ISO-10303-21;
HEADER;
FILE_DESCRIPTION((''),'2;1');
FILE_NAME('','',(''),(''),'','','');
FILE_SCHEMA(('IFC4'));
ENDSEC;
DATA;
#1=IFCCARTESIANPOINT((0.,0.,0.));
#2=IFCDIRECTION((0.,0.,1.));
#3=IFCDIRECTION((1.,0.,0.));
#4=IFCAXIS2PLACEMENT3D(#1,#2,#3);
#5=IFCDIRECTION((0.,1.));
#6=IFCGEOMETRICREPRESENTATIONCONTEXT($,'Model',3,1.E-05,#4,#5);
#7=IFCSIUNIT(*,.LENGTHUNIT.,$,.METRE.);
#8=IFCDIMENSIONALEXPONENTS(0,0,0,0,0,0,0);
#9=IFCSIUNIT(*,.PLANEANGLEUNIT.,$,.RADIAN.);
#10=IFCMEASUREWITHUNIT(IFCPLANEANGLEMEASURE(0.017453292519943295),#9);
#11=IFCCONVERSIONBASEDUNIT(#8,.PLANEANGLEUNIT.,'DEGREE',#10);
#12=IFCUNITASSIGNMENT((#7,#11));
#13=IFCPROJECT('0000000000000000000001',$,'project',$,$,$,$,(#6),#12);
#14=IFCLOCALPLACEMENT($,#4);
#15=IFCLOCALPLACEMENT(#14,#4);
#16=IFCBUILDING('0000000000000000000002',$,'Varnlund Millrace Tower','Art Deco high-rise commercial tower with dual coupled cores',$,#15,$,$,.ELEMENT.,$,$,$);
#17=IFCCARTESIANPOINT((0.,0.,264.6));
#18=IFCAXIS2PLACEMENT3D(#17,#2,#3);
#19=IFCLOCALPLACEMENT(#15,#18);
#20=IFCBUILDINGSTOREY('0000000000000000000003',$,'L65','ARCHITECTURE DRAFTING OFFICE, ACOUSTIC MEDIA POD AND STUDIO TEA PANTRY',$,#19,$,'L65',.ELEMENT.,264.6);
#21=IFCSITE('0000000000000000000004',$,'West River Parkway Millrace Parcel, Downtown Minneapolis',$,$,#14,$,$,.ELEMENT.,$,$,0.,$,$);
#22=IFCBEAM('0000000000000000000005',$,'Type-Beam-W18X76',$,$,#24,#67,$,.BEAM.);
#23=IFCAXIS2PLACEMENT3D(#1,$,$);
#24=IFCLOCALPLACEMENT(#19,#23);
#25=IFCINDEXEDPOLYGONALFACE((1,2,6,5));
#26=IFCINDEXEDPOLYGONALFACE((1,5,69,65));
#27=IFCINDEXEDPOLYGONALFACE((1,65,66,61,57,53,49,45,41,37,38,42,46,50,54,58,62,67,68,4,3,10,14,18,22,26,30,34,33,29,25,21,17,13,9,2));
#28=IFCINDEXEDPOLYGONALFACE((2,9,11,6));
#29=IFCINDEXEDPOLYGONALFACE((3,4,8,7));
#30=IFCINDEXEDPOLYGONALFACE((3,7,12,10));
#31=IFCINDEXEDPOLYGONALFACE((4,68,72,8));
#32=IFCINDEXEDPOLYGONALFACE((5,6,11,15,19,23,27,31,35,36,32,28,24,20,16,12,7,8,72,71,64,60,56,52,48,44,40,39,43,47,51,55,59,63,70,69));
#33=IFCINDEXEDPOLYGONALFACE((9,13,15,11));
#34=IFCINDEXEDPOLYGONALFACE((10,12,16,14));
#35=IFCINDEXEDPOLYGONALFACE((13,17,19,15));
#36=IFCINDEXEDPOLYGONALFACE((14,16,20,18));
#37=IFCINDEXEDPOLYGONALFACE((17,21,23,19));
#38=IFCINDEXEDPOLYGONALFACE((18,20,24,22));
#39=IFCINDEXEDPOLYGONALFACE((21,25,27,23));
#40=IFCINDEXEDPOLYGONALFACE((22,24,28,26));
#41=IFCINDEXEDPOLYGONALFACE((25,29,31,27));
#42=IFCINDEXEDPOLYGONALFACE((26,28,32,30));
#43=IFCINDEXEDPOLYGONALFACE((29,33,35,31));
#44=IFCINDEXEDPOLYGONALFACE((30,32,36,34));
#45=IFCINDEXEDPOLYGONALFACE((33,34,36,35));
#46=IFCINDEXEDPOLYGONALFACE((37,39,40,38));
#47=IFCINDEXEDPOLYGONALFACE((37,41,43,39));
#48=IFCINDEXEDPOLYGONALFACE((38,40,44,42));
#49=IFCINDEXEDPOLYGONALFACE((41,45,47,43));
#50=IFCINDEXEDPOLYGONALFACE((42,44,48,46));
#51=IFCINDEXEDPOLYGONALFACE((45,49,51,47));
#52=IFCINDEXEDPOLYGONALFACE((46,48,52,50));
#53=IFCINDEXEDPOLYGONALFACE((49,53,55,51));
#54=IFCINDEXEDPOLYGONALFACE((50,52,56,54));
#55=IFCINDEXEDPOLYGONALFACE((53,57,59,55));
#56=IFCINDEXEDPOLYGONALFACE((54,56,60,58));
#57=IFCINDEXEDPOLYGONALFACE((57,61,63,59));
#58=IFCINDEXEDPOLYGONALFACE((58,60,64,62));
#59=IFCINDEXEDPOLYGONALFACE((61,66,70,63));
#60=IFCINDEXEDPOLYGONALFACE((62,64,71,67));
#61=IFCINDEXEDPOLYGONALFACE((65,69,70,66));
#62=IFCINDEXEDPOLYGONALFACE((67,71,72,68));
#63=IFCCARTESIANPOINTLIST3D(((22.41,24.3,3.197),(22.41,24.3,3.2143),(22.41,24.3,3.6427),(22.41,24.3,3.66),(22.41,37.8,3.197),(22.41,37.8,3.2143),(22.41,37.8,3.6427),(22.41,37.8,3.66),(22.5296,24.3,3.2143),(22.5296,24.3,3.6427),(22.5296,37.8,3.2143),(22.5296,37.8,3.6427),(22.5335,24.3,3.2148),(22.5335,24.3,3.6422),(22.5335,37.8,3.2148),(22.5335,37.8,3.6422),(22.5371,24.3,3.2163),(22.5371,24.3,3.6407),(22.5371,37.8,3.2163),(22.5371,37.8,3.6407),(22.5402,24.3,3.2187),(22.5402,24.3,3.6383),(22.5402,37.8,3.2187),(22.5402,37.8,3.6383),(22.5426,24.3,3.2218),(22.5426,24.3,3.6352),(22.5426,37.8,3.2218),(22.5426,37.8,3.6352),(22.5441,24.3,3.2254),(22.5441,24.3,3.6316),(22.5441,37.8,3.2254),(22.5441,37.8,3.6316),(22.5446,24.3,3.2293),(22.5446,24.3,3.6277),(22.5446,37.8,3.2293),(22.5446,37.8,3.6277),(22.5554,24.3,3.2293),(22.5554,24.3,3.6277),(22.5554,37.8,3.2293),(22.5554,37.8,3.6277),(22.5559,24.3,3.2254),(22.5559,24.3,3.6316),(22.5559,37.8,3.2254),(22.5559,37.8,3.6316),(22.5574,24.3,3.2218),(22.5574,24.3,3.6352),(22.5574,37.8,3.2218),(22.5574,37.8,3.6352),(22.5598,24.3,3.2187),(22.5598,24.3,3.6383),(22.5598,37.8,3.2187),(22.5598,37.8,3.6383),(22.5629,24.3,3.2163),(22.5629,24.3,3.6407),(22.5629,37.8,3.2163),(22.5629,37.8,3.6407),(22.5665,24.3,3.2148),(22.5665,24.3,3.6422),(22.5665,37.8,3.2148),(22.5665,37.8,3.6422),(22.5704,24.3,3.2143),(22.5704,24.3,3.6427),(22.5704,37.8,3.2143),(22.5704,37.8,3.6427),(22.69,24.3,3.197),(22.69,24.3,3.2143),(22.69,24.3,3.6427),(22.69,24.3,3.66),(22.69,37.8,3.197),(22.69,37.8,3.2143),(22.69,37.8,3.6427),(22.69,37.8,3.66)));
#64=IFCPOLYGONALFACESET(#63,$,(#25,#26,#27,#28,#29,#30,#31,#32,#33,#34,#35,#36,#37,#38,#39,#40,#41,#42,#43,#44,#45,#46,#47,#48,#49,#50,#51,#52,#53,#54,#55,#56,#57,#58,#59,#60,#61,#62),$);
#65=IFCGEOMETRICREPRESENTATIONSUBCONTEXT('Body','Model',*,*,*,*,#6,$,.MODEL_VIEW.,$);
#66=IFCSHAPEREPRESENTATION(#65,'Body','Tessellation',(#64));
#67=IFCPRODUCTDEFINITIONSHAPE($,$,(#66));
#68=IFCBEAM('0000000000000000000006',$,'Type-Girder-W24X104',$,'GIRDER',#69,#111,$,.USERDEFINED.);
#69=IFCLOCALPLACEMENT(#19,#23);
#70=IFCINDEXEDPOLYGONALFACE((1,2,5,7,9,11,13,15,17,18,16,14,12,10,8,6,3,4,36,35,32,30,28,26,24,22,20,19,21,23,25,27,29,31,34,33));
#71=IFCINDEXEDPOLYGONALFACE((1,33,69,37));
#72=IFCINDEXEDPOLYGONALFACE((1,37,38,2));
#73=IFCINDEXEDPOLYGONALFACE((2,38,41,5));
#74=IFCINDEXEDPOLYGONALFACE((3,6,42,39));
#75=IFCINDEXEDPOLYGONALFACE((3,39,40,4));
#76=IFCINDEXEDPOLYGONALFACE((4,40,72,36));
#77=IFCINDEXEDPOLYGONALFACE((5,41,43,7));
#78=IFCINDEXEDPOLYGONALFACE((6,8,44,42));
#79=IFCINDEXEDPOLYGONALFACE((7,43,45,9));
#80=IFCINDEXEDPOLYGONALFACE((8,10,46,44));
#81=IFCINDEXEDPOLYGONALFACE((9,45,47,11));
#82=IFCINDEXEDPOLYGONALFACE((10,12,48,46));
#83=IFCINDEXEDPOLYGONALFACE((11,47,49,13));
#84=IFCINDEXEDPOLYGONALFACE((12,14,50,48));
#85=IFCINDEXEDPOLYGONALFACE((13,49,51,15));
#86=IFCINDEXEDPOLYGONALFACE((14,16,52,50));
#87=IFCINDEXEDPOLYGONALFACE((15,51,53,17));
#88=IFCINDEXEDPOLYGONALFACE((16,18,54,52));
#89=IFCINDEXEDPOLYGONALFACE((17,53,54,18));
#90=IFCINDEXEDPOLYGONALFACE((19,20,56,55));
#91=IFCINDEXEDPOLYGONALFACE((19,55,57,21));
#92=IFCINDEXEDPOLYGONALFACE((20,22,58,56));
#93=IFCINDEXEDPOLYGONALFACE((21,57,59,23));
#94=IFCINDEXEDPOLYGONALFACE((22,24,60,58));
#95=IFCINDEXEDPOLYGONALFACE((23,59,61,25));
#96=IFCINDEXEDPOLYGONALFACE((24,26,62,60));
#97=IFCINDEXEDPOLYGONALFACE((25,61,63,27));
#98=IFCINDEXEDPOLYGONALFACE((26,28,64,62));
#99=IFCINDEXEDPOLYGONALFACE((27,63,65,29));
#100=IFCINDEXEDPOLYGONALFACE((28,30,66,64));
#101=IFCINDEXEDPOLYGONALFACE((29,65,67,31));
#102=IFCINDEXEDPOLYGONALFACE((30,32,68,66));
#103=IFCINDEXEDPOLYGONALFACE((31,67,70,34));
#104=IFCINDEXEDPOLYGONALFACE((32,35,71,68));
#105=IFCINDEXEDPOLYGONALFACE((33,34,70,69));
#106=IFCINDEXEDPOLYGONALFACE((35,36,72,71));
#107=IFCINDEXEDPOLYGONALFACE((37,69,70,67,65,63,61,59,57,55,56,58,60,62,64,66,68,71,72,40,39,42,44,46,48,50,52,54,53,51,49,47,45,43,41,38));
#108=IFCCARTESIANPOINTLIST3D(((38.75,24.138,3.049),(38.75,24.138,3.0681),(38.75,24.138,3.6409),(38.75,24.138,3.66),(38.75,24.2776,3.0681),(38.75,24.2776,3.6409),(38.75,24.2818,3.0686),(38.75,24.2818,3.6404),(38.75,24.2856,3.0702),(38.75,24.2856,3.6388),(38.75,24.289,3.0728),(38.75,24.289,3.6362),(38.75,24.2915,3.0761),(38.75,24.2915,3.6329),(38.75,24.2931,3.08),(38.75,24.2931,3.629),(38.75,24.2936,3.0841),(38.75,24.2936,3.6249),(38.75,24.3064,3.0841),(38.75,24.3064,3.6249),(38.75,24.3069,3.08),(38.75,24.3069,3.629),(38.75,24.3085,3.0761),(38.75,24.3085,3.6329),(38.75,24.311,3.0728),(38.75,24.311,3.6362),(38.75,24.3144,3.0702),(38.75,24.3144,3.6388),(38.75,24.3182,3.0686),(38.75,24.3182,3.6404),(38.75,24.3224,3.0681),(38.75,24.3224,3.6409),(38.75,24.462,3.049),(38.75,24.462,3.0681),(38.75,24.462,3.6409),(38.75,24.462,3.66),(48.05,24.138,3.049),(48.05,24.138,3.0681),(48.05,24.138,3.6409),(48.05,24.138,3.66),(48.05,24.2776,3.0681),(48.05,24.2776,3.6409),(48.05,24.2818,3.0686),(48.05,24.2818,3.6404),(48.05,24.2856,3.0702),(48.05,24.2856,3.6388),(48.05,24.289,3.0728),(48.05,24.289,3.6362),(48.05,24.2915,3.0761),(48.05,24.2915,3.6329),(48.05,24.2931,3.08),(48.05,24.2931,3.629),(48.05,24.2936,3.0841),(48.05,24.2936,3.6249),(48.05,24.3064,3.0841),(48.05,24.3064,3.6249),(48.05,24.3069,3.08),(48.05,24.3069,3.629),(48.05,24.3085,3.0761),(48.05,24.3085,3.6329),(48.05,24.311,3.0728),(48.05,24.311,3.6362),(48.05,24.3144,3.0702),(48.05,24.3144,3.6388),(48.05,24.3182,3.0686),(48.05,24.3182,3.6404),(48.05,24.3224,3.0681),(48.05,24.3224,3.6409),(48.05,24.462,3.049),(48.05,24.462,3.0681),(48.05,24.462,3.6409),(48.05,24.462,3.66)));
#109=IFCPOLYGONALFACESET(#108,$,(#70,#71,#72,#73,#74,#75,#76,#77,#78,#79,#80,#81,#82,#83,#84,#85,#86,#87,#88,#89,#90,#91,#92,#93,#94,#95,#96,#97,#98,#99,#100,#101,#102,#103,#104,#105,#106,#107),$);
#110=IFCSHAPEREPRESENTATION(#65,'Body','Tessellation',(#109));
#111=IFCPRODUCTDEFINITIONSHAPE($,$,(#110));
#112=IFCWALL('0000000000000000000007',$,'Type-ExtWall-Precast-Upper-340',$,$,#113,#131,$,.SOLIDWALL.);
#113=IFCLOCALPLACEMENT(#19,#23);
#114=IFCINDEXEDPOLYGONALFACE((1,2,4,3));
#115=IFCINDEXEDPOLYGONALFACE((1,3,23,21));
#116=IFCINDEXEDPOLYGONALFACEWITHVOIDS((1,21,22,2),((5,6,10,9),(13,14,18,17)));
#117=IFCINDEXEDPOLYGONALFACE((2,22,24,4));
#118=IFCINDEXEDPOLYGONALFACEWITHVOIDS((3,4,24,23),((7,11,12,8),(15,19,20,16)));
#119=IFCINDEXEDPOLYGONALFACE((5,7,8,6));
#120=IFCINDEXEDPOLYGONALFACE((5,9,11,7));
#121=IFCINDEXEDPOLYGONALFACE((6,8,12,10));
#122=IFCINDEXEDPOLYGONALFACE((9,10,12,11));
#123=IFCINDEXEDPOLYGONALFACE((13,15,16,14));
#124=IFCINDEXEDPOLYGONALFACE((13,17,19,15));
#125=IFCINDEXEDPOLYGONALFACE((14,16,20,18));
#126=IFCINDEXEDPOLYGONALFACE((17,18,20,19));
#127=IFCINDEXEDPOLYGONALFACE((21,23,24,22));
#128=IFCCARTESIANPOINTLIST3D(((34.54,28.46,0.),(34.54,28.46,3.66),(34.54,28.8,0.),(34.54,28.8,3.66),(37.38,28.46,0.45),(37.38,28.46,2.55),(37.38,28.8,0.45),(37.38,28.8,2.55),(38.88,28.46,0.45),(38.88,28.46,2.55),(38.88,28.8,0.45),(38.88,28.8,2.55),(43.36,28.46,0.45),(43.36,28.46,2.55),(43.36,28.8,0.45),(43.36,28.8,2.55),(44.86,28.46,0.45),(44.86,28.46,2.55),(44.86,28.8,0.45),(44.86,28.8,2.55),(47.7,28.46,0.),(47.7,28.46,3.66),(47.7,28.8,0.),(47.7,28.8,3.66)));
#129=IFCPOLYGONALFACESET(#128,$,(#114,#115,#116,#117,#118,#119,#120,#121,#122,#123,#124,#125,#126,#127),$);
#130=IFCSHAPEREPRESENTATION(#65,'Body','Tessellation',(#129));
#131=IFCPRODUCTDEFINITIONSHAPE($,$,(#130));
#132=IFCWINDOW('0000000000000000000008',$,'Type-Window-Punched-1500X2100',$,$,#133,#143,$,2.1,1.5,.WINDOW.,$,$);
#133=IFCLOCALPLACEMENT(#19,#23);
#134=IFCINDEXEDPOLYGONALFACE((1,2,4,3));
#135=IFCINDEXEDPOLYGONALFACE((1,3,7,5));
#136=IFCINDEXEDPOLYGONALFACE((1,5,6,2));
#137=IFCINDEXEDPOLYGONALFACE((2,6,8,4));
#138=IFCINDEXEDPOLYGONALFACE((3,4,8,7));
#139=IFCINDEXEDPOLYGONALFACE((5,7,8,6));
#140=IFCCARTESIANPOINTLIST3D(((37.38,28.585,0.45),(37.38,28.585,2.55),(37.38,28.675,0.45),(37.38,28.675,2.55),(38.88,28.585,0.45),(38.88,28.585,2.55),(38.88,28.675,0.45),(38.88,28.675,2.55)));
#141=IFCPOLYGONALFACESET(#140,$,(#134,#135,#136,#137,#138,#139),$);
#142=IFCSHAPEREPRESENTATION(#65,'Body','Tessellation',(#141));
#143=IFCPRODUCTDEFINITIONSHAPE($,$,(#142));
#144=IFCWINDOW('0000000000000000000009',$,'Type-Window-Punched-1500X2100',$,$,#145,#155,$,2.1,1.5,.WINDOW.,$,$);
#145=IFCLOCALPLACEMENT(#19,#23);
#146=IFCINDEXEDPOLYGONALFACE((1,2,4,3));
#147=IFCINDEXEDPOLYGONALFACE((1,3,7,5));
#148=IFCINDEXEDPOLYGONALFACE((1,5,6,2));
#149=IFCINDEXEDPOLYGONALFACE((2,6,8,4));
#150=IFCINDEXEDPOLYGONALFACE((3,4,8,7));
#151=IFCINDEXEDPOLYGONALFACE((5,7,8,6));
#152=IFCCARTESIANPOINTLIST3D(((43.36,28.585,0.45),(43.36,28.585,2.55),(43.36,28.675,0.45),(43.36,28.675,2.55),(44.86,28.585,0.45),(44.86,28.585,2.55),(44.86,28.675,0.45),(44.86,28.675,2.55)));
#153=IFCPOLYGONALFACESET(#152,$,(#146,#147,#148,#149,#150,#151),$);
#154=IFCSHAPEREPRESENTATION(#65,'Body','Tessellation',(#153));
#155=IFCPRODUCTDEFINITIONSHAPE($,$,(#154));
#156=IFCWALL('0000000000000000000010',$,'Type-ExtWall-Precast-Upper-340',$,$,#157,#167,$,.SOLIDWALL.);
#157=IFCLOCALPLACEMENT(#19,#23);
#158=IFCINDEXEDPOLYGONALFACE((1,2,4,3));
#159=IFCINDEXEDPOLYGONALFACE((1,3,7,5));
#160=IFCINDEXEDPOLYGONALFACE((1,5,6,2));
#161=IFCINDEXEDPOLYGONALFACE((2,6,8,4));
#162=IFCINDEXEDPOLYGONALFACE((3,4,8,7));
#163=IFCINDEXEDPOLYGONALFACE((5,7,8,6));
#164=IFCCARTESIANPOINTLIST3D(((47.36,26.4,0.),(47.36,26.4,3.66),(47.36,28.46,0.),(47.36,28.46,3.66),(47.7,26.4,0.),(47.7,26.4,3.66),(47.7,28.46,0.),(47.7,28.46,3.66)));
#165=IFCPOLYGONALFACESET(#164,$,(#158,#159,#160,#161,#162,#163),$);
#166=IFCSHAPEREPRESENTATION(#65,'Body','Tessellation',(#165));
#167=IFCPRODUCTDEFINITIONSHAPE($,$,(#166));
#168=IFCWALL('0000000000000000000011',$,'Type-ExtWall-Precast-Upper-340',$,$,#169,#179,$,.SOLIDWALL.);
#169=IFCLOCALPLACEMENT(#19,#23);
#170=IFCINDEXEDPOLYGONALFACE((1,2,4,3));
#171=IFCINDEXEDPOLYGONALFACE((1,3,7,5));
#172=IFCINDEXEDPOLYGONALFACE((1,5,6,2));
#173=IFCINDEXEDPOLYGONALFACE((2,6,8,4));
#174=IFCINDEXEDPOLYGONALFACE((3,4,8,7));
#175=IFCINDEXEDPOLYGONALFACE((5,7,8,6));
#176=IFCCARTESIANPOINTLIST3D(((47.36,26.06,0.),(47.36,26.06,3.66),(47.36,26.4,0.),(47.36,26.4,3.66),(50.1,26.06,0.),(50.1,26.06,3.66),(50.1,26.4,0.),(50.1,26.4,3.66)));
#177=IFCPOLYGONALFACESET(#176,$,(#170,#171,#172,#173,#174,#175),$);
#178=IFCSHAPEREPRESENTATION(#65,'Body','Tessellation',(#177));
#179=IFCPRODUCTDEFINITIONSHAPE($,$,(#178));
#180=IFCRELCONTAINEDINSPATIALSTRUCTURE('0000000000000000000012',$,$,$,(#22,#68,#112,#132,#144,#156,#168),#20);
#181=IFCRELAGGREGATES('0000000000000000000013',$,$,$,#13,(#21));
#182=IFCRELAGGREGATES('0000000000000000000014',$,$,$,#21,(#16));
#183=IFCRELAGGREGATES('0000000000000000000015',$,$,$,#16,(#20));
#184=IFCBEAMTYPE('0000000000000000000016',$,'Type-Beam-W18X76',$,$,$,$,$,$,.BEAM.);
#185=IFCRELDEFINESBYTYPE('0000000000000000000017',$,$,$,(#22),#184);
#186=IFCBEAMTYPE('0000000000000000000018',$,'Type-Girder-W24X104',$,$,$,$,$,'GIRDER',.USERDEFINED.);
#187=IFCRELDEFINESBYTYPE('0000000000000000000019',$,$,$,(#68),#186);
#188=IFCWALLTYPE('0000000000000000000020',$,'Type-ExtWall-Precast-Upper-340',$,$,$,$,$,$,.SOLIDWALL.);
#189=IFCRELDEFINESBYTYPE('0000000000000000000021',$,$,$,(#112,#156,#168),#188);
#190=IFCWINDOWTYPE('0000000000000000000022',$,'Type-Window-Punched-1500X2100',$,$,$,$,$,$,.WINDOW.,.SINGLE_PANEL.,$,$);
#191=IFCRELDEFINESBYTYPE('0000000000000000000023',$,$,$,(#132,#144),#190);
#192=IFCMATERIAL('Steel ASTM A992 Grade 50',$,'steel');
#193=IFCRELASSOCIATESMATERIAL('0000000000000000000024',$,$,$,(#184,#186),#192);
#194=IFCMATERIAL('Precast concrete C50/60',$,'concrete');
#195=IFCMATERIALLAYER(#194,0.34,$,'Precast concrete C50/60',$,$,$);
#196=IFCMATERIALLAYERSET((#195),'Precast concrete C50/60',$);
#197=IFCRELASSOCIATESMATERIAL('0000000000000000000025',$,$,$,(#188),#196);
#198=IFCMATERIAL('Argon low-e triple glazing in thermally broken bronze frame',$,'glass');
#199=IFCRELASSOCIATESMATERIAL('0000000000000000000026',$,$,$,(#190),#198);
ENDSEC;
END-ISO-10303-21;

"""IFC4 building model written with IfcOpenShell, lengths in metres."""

from ifc_helpers import new_model, entity, si_unit, converted_unit, direction, frame, origin_with_axes, origin_2d_with_axis, place, context, subcontext, project, spatial, polyline, rectangle, i_section, outline, extrude, material, layer, layer_set, material_profile, profile_set, type_object, element, fill, save


model = new_model("IFC4")

# Units and contexts
model_context = context("Model", 3, precision=1e-05, world=origin_with_axes(), true_north=direction((0.0, 1.0)))
body_context = subcontext(model_context, "Body", "Model", "MODEL_VIEW")
ifc_project = project(units=[si_unit("LENGTHUNIT", "METRE"), converted_unit("PLANEANGLEUNIT", "DEGREE", entity("IfcPlaneAngleMeasure", 0.017453292519943295), si_unit("PLANEANGLEUNIT", "RADIAN"), dimensions=[0, 0, 0, 0, 0, 0, 0])], contexts=[model_context])

# Site, building, storey
site_placement = place(None, origin_with_axes())
site = spatial("IfcSite", under=ifc_project, at=site_placement, Name="West River Parkway Millrace Parcel, Downtown Minneapolis", CompositionType="ELEMENT", RefElevation=0.0)
building_placement = place(site_placement, origin_with_axes())
building = spatial("IfcBuilding", under=site, at=building_placement, Name="Varnlund Millrace Tower", Description="Art Deco high-rise commercial tower with dual coupled cores", CompositionType="ELEMENT")
storey_placement = place(building_placement, frame((0.0, 0.0, 264.6), z_axis=(0.0, 0.0, 1.0), x_axis=(1.0, 0.0, 0.0)))
storey = spatial("IfcBuildingStorey", under=building, at=storey_placement, Name="L65", Description="ARCHITECTURE DRAFTING OFFICE, ACOUSTIC MEDIA POD AND STUDIO TEA PANTRY", LongName="L65", CompositionType="ELEMENT", Elevation=264.6)

# Beams
ifc_material_1 = material(Name="Steel ASTM A992 Grade 50", Category="steel")
ifc_material_profile_1 = material_profile(ifc_material_1, i_section(OverallWidth=0.28, OverallDepth=0.463, WebThickness=0.0108, FlangeThickness=0.0173, FilletRadius=0.015, at=origin_2d_with_axis()), Name="Steel ASTM A992 Grade 50")
ifc_profile_set_1 = profile_set([ifc_material_profile_1], Name="Steel ASTM A992 Grade 50")
beam_type_1 = type_object("IfcBeamType", Name="Type-Beam-W18X76", PredefinedType="BEAM", material=ifc_profile_set_1)
beam_1_placement = place(storey_placement, frame((22.55, 24.3, 3.4285), z_axis=(0.0, 1.0, 0.0), x_axis=(-1.0, 0.0, 0.0)))
element("IfcBeam", 1, at=beam_1_placement, inside=storey, type_object=beam_type_1, Name="Type-Beam-W18X76", PredefinedType="BEAM", context=body_context, shape_type="SweptSolid", body=[
    extrude(i_section(OverallWidth=0.28, OverallDepth=0.463, WebThickness=0.0108, FlangeThickness=0.0173, FilletRadius=0.015, at=origin_2d_with_axis()), origin_with_axes(), (0.0, 0.0, 1.0), 13.5),
])
ifc_material_profile_2 = material_profile(ifc_material_1, i_section(OverallWidth=0.324, OverallDepth=0.611, WebThickness=0.0127, FlangeThickness=0.0191, FilletRadius=0.016, at=origin_2d_with_axis()), Name="Steel ASTM A992 Grade 50")
ifc_profile_set_2 = profile_set([ifc_material_profile_2], Name="Steel ASTM A992 Grade 50")
beam_type_2 = type_object("IfcBeamType", Name="Type-Girder-W24X104", ElementType="GIRDER", PredefinedType="USERDEFINED", material=ifc_profile_set_2)
beam_2_placement = place(storey_placement, frame((38.75, 24.3, 3.3545), z_axis=(1.0, 0.0, 0.0), x_axis=(0.0, 1.0, 0.0)))
element("IfcBeam", 2, at=beam_2_placement, inside=storey, type_object=beam_type_2, Name="Type-Girder-W24X104", ObjectType="GIRDER", PredefinedType="USERDEFINED", context=body_context, shape_type="SweptSolid", body=[
    extrude(i_section(OverallWidth=0.324, OverallDepth=0.611, WebThickness=0.0127, FlangeThickness=0.0191, FilletRadius=0.016, at=origin_2d_with_axis()), origin_with_axes(), (0.0, 0.0, 1.0), 9.3),
])

# Wall, openings, windows
ifc_material_2 = material(Name="Precast concrete C50/60", Category="concrete")
ifc_layer_1 = layer(ifc_material_2, 0.34, Name="Precast concrete C50/60")
ifc_layer_set_1 = layer_set([ifc_layer_1], Name="Precast concrete C50/60")
wall_type_1 = type_object("IfcWallType", Name="Type-ExtWall-Precast-Upper-340", PredefinedType="SOLIDWALL", material=ifc_layer_set_1)
wall_1_placement = place(storey_placement, frame((34.54, 28.63, 0.0), z_axis=(0.0, 0.0, 1.0), x_axis=(1.0, 0.0, 0.0)))
wall_1 = element("IfcWall", 3, at=wall_1_placement, inside=storey, type_object=wall_type_1, Name="Type-ExtWall-Precast-Upper-340", PredefinedType="SOLIDWALL", context=body_context, shape_type="SweptSolid", body=[
    extrude(outline(polyline([(0.0, -0.17), (13.16, -0.17), (13.16, 0.17), (0.0, 0.17), (0.0, -0.17)])), origin_with_axes(), (0.0, 0.0, 1.0), 3.66),
])
opening_1_placement = place(wall_1_placement, frame((3.59, 0.0, 0.45), z_axis=(0.0, 0.0, 1.0), x_axis=(1.0, 0.0, 0.0)))
opening_1 = element("IfcOpeningElement", 4, at=opening_1_placement, cuts=wall_1, PredefinedType="OPENING", context=body_context, shape_type="SweptSolid", body=[
    extrude(rectangle(XDim=1.5, YDim=0.36, at=origin_2d_with_axis()), origin_with_axes(), (0.0, 0.0, 1.0), 2.1),
])
opening_2_placement = place(wall_1_placement, frame((9.57, 0.0, 0.45), z_axis=(0.0, 0.0, 1.0), x_axis=(1.0, 0.0, 0.0)))
opening_2 = element("IfcOpeningElement", 5, at=opening_2_placement, cuts=wall_1, PredefinedType="OPENING", context=body_context, shape_type="SweptSolid", body=[
    extrude(rectangle(XDim=1.5, YDim=0.36, at=origin_2d_with_axis()), origin_with_axes(), (0.0, 0.0, 1.0), 2.1),
])
ifc_material_3 = material(Name="Argon low-e triple glazing in thermally broken bronze frame", Category="glass")
window_type = type_object("IfcWindowType", Name="Type-Window-Punched-1500X2100", PartitioningType="SINGLE_PANEL", PredefinedType="WINDOW", material=ifc_material_3)
window_1_placement = place(wall_1_placement, frame((3.59, 0.0, 0.45), z_axis=(0.0, 0.0, 1.0), x_axis=(1.0, 0.0, 0.0)))
window_1 = element("IfcWindow", 6, at=window_1_placement, inside=storey, type_object=window_type, Name="Type-Window-Punched-1500X2100", OverallHeight=2.1, OverallWidth=1.5, PredefinedType="WINDOW", context=body_context, shape_type="SweptSolid", body=[
    extrude(rectangle(XDim=1.5, YDim=0.09, at=origin_2d_with_axis()), origin_with_axes(), (0.0, 0.0, 1.0), 2.1),
])
fill(opening_1, window_1)
window_2_placement = place(wall_1_placement, frame((9.57, 0.0, 0.45), z_axis=(0.0, 0.0, 1.0), x_axis=(1.0, 0.0, 0.0)))
window_2 = element("IfcWindow", 7, at=window_2_placement, inside=storey, type_object=window_type, Name="Type-Window-Punched-1500X2100", OverallHeight=2.1, OverallWidth=1.5, PredefinedType="WINDOW", context=body_context, shape_type="SweptSolid", body=[
    extrude(rectangle(XDim=1.5, YDim=0.09, at=origin_2d_with_axis()), origin_with_axes(), (0.0, 0.0, 1.0), 2.1),
])
fill(opening_2, window_2)

# Walls
wall_2_placement = place(storey_placement, frame((47.53, 28.46, 0.0), z_axis=(0.0, 0.0, 1.0), x_axis=(0.0, -1.0, 0.0)))
element("IfcWall", 8, at=wall_2_placement, inside=storey, type_object=wall_type_1, Name="Type-ExtWall-Precast-Upper-340", PredefinedType="SOLIDWALL", context=body_context, shape_type="SweptSolid", body=[
    extrude(outline(polyline([(0.0, -0.17), (2.06, -0.17), (2.06, 0.17), (0.0, 0.17), (0.0, -0.17)])), origin_with_axes(), (0.0, 0.0, 1.0), 3.66),
])
wall_3_placement = place(storey_placement, frame((47.36, 26.23, 0.0), z_axis=(0.0, 0.0, 1.0), x_axis=(1.0, 0.0, 0.0)))
element("IfcWall", 9, at=wall_3_placement, inside=storey, type_object=wall_type_1, Name="Type-ExtWall-Precast-Upper-340", PredefinedType="SOLIDWALL", context=body_context, shape_type="SweptSolid", body=[
    extrude(outline(polyline([(0.0, -0.17), (2.74, -0.17), (2.74, 0.17), (0.0, 0.17), (0.0, -0.17)])), origin_with_axes(), (0.0, 0.0, 1.0), 3.66),
])

save(model, "model.ifc")
